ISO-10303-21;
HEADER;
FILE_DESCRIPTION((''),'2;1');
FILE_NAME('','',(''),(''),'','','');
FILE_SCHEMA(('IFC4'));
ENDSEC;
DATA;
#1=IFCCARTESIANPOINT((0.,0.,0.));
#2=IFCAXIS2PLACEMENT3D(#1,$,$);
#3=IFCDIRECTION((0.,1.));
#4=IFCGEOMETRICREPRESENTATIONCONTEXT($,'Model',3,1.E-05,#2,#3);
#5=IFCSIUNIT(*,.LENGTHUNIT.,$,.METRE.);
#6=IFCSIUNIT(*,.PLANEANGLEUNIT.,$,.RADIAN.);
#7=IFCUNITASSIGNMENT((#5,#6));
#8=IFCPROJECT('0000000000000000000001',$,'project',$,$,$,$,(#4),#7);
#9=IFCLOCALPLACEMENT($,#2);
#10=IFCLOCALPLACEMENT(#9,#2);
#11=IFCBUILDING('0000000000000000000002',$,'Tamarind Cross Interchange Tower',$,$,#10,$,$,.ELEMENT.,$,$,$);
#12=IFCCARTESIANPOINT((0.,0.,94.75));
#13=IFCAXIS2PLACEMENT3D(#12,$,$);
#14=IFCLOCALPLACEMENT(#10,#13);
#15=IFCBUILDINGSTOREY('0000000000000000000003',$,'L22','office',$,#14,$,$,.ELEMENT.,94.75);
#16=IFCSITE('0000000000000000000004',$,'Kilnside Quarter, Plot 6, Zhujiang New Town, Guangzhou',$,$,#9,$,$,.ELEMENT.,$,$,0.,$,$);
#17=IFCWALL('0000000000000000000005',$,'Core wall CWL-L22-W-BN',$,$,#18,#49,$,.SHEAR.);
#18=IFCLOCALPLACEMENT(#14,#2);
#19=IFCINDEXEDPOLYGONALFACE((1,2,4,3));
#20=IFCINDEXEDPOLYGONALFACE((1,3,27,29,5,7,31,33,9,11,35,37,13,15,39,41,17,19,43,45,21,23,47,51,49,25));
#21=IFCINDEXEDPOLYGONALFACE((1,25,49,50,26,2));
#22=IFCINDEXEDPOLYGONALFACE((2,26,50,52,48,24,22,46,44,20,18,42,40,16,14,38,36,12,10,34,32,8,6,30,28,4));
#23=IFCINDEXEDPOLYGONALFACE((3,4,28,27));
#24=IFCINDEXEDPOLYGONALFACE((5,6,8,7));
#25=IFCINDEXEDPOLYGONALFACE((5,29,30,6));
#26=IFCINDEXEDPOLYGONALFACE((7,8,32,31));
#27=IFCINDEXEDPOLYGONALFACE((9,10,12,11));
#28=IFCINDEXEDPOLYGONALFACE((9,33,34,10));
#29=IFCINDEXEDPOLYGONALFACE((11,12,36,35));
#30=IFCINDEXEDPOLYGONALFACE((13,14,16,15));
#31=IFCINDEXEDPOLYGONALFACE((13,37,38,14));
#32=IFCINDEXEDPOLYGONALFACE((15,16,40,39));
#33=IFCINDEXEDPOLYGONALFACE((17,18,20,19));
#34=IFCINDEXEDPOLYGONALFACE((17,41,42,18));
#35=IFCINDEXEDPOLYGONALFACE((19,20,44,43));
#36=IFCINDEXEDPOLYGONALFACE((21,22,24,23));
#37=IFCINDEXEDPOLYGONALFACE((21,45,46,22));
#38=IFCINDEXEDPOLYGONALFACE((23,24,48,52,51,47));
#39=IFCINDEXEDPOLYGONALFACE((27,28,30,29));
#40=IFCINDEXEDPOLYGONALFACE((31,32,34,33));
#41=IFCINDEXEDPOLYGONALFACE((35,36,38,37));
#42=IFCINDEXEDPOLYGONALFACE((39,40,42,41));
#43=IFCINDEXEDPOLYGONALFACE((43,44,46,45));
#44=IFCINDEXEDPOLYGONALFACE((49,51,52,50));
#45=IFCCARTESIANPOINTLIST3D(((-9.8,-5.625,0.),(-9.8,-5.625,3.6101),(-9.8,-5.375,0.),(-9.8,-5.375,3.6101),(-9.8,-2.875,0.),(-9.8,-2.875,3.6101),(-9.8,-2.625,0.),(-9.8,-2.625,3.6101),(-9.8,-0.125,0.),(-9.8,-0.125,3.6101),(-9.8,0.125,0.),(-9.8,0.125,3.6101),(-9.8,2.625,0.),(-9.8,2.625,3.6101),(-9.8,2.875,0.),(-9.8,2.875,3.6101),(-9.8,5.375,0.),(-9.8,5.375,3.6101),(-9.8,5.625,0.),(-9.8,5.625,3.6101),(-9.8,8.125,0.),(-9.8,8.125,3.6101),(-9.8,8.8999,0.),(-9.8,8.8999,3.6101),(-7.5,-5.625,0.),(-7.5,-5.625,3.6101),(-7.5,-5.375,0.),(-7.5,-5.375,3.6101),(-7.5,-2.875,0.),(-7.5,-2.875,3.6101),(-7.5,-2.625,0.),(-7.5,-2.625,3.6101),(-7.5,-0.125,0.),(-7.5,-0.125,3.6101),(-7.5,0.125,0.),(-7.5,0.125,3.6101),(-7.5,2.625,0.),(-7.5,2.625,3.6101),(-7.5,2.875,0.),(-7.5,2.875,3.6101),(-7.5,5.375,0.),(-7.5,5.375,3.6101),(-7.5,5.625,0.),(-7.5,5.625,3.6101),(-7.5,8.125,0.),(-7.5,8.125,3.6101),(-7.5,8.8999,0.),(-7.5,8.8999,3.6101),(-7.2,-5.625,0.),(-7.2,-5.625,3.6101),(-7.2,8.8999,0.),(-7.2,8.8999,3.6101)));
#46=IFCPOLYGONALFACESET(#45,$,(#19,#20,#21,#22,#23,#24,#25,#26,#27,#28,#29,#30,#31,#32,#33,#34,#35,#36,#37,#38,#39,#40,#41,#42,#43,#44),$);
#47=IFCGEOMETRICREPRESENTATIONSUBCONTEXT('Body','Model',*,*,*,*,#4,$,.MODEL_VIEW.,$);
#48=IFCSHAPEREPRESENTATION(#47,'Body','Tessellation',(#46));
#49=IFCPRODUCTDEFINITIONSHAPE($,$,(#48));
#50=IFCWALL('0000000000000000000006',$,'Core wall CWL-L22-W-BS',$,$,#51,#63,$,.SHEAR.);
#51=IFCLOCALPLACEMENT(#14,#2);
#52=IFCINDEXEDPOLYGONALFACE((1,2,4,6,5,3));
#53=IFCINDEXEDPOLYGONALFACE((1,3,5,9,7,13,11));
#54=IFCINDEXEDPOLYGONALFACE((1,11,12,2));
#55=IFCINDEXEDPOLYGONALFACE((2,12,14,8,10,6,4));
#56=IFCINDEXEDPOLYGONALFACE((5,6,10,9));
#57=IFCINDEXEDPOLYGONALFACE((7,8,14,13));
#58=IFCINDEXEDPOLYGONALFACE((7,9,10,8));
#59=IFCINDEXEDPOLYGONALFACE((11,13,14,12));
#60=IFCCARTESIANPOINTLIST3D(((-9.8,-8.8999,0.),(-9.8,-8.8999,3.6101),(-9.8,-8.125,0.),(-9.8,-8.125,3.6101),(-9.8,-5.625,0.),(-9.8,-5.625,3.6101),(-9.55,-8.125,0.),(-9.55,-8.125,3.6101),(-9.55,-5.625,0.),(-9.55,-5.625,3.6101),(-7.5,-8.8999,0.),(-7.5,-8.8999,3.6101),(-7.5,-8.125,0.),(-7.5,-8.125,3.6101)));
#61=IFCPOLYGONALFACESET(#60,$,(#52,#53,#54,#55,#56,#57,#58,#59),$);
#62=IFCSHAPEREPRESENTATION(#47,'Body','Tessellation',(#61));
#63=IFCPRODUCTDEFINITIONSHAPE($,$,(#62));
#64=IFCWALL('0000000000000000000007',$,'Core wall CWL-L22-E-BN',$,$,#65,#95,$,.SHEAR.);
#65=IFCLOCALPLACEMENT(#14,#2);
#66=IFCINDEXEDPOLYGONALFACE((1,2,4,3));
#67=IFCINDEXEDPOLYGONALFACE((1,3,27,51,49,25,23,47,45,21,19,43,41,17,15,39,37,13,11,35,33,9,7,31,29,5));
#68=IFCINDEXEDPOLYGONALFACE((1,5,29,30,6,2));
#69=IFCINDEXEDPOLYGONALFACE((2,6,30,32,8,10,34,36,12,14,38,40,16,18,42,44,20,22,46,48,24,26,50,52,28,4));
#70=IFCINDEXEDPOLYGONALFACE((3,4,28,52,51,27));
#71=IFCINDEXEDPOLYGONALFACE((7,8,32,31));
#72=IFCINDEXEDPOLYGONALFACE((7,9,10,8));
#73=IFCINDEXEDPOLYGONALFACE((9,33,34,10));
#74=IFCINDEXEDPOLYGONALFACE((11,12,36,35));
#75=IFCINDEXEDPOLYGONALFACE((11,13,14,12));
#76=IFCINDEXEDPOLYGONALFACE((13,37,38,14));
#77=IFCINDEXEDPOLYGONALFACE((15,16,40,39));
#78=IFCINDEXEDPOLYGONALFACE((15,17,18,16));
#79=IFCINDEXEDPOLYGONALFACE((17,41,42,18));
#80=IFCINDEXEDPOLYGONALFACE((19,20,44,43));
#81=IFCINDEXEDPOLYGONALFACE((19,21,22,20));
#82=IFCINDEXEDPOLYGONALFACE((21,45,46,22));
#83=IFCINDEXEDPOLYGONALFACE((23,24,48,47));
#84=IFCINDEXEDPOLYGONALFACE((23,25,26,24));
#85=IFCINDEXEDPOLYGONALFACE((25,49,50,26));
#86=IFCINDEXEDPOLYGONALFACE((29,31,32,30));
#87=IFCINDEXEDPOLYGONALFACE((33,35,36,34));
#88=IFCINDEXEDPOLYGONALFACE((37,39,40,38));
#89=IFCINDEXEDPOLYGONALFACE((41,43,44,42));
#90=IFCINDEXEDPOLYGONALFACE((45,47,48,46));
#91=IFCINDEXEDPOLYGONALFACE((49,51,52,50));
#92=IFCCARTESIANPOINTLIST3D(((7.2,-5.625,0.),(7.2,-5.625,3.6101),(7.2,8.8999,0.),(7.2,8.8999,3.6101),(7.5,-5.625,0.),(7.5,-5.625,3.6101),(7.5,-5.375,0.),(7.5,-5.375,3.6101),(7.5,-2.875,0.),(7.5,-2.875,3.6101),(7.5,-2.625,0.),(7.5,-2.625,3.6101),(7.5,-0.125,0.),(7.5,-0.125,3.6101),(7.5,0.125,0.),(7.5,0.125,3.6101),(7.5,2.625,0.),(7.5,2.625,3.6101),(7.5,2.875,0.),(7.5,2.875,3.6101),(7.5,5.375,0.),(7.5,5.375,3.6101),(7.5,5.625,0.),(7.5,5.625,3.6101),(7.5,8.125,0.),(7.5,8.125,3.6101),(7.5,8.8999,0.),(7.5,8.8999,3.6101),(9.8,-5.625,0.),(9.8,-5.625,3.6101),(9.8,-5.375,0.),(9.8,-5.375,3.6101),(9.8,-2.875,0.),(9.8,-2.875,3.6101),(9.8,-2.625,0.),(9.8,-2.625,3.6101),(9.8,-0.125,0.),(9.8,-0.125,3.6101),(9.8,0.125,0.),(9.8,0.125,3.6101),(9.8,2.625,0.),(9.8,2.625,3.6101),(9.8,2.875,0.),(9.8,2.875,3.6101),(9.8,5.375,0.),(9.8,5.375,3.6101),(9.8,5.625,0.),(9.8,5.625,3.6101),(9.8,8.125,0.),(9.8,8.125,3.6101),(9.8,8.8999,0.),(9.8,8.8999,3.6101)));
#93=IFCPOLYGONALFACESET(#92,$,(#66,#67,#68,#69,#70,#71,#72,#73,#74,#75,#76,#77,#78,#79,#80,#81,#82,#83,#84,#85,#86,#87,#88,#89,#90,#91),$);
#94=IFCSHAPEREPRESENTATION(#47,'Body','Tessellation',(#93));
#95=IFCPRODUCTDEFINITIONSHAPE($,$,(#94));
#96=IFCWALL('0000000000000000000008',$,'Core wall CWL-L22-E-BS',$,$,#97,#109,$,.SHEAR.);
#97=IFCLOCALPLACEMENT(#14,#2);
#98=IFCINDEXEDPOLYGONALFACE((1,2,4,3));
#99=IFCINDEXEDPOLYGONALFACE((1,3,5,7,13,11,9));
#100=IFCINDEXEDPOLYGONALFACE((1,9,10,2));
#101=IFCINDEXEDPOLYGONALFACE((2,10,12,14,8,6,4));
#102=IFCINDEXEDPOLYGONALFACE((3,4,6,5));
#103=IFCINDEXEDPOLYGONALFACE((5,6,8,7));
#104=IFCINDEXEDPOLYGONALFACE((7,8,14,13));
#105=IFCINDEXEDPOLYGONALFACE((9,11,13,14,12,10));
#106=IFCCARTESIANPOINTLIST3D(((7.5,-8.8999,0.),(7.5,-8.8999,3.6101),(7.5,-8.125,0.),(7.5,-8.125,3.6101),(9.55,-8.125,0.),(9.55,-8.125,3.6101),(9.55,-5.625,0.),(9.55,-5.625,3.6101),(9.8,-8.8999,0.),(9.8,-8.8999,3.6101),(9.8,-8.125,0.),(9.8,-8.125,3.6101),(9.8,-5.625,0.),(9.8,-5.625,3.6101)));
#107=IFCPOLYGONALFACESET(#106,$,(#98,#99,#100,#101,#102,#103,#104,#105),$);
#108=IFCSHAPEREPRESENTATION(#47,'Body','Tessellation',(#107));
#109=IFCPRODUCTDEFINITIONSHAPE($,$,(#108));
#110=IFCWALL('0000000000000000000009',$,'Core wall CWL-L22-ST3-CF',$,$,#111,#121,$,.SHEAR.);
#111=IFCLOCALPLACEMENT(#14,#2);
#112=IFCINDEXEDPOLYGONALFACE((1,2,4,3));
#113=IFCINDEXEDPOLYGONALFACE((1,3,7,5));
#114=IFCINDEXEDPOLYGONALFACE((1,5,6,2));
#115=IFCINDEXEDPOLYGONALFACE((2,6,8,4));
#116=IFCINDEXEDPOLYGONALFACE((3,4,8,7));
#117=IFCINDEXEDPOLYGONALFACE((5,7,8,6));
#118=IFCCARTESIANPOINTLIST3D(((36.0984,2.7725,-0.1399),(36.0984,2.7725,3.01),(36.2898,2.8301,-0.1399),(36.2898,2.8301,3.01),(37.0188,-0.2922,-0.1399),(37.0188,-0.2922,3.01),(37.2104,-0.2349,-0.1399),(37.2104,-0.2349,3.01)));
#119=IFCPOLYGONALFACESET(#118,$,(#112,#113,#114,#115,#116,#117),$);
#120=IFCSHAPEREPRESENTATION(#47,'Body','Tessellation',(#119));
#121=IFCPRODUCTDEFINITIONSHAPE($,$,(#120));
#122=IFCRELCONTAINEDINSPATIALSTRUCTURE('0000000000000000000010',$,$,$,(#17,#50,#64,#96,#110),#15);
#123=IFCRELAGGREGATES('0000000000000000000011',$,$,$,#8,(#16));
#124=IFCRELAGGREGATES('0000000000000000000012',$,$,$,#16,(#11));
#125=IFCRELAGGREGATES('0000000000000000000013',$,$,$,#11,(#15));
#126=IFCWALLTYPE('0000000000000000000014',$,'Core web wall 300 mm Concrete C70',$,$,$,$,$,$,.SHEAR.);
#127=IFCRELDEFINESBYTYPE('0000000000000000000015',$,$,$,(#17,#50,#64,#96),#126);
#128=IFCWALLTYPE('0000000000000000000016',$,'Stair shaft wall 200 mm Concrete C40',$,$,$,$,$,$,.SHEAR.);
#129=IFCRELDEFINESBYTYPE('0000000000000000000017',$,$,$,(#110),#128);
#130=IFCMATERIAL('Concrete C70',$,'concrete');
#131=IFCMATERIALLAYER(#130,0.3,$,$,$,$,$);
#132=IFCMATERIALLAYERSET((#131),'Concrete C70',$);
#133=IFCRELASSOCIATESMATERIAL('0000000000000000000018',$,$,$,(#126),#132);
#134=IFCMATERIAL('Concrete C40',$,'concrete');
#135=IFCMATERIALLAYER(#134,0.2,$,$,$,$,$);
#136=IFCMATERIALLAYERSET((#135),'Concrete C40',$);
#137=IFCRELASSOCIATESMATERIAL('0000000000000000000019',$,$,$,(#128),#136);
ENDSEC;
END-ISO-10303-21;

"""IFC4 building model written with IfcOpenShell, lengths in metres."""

from ifc_helpers import new_model, si_unit, direction, frame, origin, place, context, subcontext, project, spatial, polyline, outline, extrude, material, layer, layer_set, type_object, element, save


model = new_model("IFC4")

# Units and contexts
model_context = context("Model", 3, precision=1e-05, world=origin(), true_north=direction((0.0, 1.0)))
body_context = subcontext(model_context, "Body", "Model", "MODEL_VIEW")
ifc_project = project(units=[si_unit("LENGTHUNIT", "METRE"), si_unit("PLANEANGLEUNIT", "RADIAN")], contexts=[model_context])

# Site, building, storey
site_placement = place(None, origin())
site = spatial("IfcSite", under=ifc_project, at=site_placement, Name="Kilnside Quarter, Plot 6, Zhujiang New Town, Guangzhou", CompositionType="ELEMENT", RefElevation=0.0)
building_placement = place(site_placement, origin())
building = spatial("IfcBuilding", under=site, at=building_placement, Name="Tamarind Cross Interchange Tower", CompositionType="ELEMENT")
storey_placement = place(building_placement, frame((0.0, 0.0, 94.75)))
storey = spatial("IfcBuildingStorey", under=building, at=storey_placement, Name="L22", Description="office", CompositionType="ELEMENT", Elevation=94.75)

# Shared definitions
ifc_material_1 = material(Name="Concrete C40", Category="concrete")

# Walls
ifc_material_2 = material(Name="Concrete C70", Category="concrete")
ifc_layer_1 = layer(ifc_material_2, 0.3)
ifc_layer_set_1 = layer_set([ifc_layer_1], Name="Concrete C70")
wall_type_1 = type_object("IfcWallType", Name="Core web wall 300 mm Concrete C70", PredefinedType="SHEAR", material=ifc_layer_set_1)
wall_1_placement = place(storey_placement, origin())
element("IfcWall", 1, at=wall_1_placement, inside=storey, type_object=wall_type_1, Name="Core wall CWL-L22-W-BN", PredefinedType="SHEAR", context=body_context, shape_type="SweptSolid", body=[
    extrude(outline(polyline([(-9.8, -5.375), (-9.8, -5.625), (-7.5, -5.625), (-7.2, -5.625), (-7.2, 8.8999), (-7.5, 8.8999), (-9.8, 8.8999), (-9.8, 8.125), (-7.5, 8.125), (-7.5, 5.625), (-9.8, 5.625), (-9.8, 5.375), (-7.5, 5.375), (-7.5, 2.875), (-9.8, 2.875), (-9.8, 2.625), (-7.5, 2.625), (-7.5, 0.125), (-9.8, 0.125), (-9.8, -0.125), (-7.5, -0.125), (-7.5, -2.625), (-9.8, -2.625), (-9.8, -2.875), (-7.5, -2.875), (-7.5, -5.375), (-9.8, -5.375)])), origin(), (0.0, 0.0, 1.0), 3.6101),
])
wall_2_placement = place(storey_placement, origin())
element("IfcWall", 2, at=wall_2_placement, inside=storey, type_object=wall_type_1, Name="Core wall CWL-L22-W-BS", PredefinedType="SHEAR", context=body_context, shape_type="SweptSolid", body=[
    extrude(outline(polyline([(-7.5, -8.125), (-9.55, -8.125), (-9.55, -5.625), (-9.8, -5.625), (-9.8, -8.125), (-9.8, -8.8999), (-7.5, -8.8999), (-7.5, -8.125)])), origin(), (0.0, 0.0, 1.0), 3.6101),
])
wall_3_placement = place(storey_placement, origin())
element("IfcWall", 3, at=wall_3_placement, inside=storey, type_object=wall_type_1, Name="Core wall CWL-L22-E-BN", PredefinedType="SHEAR", context=body_context, shape_type="SweptSolid", body=[
    extrude(outline(polyline([(9.8, -5.375), (7.5, -5.375), (7.5, -2.875), (9.8, -2.875), (9.8, -2.625), (7.5, -2.625), (7.5, -0.125), (9.8, -0.125), (9.8, 0.125), (7.5, 0.125), (7.5, 2.625), (9.8, 2.625), (9.8, 2.875), (7.5, 2.875), (7.5, 5.375), (9.8, 5.375), (9.8, 5.625), (7.5, 5.625), (7.5, 8.125), (9.8, 8.125), (9.8, 8.8999), (7.5, 8.8999), (7.2, 8.8999), (7.2, -5.625), (7.5, -5.625), (9.8, -5.625), (9.8, -5.375)])), origin(), (0.0, 0.0, 1.0), 3.6101),
])
wall_4_placement = place(storey_placement, origin())
element("IfcWall", 4, at=wall_4_placement, inside=storey, type_object=wall_type_1, Name="Core wall CWL-L22-E-BS", PredefinedType="SHEAR", context=body_context, shape_type="SweptSolid", body=[
    extrude(outline(polyline([(7.5, -8.125), (7.5, -8.8999), (9.8, -8.8999), (9.8, -8.125), (9.8, -5.625), (9.55, -5.625), (9.55, -8.125), (7.5, -8.125)])), origin(), (0.0, 0.0, 1.0), 3.6101),
])
ifc_layer_2 = layer(ifc_material_1, 0.2)
ifc_layer_set_2 = layer_set([ifc_layer_2], Name="Concrete C40")
wall_type_2 = type_object("IfcWallType", Name="Stair shaft wall 200 mm Concrete C40", PredefinedType="SHEAR", material=ifc_layer_set_2)
wall_5_placement = place(storey_placement, frame((0.0, 0.0, -0.1399)))
element("IfcWall", 5, at=wall_5_placement, inside=storey, type_object=wall_type_2, Name="Core wall CWL-L22-ST3-CF", PredefinedType="SHEAR", context=body_context, shape_type="SweptSolid", body=[
    extrude(outline(polyline([(37.0188, -0.2922), (37.2104, -0.2349), (36.2898, 2.8301), (36.0984, 2.7725), (37.0188, -0.2922)])), origin(), (0.0, 0.0, 1.0), 3.1499),
])

save(model, "model.ifc")
